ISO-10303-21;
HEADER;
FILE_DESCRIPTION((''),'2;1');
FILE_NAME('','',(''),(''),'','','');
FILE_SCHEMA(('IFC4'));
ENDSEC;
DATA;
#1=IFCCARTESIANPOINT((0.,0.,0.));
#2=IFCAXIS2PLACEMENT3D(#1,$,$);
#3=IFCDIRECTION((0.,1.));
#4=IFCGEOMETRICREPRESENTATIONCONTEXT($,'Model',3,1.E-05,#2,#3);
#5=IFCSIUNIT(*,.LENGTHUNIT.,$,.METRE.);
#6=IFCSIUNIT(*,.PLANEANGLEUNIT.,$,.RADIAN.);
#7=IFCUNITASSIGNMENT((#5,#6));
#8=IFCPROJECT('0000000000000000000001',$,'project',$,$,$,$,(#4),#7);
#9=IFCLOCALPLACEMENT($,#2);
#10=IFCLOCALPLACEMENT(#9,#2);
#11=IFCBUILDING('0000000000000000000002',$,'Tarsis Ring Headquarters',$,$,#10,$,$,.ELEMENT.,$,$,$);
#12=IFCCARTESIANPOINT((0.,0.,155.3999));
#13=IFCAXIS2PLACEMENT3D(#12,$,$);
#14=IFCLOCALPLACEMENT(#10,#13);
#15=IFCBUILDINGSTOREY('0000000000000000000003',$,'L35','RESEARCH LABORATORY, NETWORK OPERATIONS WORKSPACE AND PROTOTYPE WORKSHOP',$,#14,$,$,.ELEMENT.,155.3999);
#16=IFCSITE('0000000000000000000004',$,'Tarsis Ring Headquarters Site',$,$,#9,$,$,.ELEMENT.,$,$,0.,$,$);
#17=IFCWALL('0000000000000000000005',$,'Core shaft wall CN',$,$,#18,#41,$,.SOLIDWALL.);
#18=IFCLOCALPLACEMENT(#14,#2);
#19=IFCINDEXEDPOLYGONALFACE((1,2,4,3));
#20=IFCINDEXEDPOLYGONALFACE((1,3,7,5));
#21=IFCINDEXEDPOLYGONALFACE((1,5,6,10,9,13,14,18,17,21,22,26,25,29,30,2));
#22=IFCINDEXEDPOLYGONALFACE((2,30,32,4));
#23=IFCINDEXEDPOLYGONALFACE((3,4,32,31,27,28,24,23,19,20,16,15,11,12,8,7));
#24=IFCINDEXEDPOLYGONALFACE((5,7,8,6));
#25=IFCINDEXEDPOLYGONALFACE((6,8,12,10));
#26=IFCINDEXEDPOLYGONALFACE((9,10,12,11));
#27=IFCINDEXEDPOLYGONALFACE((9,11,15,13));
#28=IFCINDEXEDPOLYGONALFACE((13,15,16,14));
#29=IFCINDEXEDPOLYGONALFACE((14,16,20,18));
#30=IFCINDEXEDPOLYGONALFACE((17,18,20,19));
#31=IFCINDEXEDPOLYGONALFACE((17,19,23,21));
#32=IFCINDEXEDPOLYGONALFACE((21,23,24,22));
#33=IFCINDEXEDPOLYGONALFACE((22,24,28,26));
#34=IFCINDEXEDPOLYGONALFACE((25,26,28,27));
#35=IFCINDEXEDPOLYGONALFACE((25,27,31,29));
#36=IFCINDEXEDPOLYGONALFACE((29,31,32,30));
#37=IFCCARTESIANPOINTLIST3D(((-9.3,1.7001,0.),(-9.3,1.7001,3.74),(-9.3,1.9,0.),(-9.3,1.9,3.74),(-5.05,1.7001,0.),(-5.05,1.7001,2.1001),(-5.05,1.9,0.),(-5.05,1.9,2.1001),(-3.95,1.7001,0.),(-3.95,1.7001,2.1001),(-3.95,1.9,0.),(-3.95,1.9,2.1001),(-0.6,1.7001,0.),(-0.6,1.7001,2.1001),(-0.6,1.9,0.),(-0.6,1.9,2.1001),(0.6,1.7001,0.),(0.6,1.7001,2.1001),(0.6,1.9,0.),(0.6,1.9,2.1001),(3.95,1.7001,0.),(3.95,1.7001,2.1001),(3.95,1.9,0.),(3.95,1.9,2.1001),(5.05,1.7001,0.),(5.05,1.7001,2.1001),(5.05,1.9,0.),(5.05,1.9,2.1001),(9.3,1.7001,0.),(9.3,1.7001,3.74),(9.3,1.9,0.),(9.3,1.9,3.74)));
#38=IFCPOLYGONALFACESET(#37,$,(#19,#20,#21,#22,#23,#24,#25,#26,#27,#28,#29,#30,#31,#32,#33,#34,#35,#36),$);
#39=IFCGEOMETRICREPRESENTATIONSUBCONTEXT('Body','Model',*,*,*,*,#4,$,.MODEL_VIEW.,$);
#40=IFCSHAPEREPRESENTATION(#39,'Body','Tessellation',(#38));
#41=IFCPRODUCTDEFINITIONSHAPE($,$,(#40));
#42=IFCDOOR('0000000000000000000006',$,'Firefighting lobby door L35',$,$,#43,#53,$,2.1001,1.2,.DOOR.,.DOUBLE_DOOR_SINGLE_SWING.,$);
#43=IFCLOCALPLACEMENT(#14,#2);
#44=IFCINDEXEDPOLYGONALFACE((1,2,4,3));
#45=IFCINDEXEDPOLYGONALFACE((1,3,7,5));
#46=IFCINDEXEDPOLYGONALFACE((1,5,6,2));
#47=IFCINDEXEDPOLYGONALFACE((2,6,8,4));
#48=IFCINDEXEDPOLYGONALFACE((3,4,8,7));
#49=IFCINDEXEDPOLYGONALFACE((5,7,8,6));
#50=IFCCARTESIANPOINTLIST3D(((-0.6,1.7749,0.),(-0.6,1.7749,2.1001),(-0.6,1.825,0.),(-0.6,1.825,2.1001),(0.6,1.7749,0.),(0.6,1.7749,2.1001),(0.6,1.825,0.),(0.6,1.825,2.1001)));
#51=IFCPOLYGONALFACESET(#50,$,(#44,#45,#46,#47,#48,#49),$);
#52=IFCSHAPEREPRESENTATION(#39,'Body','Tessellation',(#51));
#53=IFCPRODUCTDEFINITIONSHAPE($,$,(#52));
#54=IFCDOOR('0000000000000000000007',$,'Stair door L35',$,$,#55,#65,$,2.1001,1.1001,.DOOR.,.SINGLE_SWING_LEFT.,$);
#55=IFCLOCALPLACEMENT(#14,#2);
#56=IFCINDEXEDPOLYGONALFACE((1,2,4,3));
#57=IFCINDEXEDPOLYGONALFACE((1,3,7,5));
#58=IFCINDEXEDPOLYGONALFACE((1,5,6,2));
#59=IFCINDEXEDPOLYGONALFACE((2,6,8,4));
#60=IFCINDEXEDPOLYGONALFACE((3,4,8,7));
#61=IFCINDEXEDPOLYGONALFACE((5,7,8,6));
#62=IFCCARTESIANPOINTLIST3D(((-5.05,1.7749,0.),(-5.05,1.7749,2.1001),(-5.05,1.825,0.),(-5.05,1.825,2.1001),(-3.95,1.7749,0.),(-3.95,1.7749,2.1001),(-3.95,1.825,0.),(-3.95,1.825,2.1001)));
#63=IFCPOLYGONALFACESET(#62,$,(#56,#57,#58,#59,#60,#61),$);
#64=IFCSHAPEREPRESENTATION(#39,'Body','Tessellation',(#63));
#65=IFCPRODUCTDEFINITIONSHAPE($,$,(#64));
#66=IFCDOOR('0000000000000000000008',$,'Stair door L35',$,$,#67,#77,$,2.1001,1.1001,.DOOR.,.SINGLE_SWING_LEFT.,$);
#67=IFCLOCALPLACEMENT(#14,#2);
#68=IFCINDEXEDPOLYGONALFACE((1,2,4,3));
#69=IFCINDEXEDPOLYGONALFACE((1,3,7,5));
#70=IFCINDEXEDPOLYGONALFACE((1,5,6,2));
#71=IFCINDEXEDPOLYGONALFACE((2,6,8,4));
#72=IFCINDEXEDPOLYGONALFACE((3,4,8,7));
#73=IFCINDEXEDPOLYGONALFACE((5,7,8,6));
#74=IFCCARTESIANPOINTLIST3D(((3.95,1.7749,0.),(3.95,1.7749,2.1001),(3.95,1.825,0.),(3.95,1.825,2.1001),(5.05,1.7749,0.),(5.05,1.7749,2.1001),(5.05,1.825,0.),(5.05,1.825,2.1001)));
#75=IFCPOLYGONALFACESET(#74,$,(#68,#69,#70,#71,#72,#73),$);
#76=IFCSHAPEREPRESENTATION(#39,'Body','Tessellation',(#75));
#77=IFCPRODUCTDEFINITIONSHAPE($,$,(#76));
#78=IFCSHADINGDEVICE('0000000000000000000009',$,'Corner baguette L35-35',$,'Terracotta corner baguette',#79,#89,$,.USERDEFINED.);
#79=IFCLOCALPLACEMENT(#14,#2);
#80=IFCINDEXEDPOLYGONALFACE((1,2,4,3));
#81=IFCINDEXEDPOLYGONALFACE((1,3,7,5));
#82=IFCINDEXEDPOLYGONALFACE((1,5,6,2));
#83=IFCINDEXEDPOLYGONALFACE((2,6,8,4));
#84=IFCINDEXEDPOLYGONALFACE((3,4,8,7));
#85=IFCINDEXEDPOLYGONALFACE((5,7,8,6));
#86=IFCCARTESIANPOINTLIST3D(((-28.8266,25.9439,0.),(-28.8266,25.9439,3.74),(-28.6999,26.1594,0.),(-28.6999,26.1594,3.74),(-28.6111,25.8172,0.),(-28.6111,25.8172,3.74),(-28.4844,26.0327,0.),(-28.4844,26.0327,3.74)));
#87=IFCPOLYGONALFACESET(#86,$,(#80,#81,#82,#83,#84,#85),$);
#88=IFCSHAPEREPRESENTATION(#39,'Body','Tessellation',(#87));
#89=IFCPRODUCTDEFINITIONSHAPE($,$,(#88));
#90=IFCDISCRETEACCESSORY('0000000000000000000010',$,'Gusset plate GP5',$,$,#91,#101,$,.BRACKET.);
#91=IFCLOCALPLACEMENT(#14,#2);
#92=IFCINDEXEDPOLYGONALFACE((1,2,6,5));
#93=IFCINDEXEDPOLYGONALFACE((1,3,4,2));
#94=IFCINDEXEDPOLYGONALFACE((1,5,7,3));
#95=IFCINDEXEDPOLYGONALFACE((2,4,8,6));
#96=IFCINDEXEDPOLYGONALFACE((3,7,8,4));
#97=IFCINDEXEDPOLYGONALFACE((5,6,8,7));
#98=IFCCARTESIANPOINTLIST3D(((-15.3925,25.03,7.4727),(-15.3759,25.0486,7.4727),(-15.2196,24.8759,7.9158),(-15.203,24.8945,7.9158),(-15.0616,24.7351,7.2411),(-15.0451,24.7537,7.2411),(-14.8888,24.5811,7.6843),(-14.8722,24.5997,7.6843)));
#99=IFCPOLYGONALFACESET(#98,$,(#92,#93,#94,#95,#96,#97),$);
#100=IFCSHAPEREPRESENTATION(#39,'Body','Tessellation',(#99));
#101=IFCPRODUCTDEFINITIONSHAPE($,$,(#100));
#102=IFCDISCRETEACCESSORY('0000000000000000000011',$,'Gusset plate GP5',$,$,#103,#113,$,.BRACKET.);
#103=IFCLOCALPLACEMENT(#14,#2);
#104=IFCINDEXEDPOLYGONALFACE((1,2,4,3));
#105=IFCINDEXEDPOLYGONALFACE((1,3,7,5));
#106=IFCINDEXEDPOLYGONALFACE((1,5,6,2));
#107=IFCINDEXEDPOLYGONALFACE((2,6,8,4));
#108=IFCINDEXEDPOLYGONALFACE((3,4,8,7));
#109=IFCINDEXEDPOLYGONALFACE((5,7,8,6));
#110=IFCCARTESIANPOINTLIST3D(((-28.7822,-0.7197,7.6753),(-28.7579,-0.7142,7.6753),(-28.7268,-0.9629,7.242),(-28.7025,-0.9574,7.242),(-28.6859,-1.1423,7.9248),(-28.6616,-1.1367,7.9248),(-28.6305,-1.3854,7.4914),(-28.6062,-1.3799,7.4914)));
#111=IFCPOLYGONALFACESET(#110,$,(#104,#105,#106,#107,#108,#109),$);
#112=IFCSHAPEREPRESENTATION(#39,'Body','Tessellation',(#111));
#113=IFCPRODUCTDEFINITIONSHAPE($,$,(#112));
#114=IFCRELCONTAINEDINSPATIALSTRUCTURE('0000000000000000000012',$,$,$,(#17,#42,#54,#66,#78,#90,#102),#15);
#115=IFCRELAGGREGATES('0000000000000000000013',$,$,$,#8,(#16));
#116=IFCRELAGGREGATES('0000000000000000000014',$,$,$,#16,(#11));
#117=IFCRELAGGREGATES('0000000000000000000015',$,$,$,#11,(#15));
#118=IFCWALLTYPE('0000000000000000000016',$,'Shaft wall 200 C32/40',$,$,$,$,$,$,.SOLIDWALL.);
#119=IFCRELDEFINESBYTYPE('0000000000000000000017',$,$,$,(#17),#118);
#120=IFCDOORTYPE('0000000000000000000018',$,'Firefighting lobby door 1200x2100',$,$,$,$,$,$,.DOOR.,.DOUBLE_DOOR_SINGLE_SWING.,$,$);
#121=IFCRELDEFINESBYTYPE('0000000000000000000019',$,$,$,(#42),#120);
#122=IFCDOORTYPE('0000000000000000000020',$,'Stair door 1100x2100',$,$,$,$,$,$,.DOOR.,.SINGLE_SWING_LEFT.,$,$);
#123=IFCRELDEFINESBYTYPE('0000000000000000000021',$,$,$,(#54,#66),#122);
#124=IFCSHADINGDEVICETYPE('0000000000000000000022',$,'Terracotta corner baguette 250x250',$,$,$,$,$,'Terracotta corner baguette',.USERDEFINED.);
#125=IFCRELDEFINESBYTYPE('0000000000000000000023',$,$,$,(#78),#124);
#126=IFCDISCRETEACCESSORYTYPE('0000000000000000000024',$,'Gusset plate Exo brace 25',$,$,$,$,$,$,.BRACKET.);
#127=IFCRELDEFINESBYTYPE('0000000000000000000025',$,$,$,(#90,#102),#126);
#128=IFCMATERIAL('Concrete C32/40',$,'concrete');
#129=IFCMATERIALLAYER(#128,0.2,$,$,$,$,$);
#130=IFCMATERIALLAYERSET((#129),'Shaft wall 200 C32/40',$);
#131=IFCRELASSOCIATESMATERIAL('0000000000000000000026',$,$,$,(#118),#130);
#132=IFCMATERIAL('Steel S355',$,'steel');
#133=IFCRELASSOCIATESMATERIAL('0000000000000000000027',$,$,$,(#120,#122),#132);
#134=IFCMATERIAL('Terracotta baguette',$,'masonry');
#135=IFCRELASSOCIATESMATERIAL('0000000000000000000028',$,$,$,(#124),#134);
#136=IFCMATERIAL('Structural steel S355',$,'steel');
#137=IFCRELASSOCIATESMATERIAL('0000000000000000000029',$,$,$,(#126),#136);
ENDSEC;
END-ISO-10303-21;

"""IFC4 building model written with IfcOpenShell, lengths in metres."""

from ifc_helpers import new_model, si_unit, direction, frame, frame_2d, origin, origin_2d, place, context, subcontext, project, spatial, rectangle, extrude, material, layer, layer_set, material_profile, profile_set, type_object, element, fill, save


model = new_model("IFC4")

# Units and contexts
model_context = context("Model", 3, precision=1e-05, world=origin(), true_north=direction((0.0, 1.0)))
body_context = subcontext(model_context, "Body", "Model", "MODEL_VIEW")
ifc_project = project(units=[si_unit("LENGTHUNIT", "METRE"), si_unit("PLANEANGLEUNIT", "RADIAN")], contexts=[model_context])

# Site, building, storey
site_placement = place(None, origin())
site = spatial("IfcSite", under=ifc_project, at=site_placement, Name="Tarsis Ring Headquarters Site", CompositionType="ELEMENT", RefElevation=0.0)
building_placement = place(site_placement, origin())
building = spatial("IfcBuilding", under=site, at=building_placement, Name="Tarsis Ring Headquarters", CompositionType="ELEMENT")
storey_placement = place(building_placement, frame((0.0, 0.0, 155.3999)))
storey = spatial("IfcBuildingStorey", under=building, at=storey_placement, Name="L35", Description="RESEARCH LABORATORY, NETWORK OPERATIONS WORKSPACE AND PROTOTYPE WORKSHOP", CompositionType="ELEMENT", Elevation=155.3999)

# Shared definitions
ifc_material_1 = material(Name="Structural steel S355", Category="steel")

# Wall, openings, doors
ifc_material_2 = material(Name="Concrete C32/40", Category="concrete")
ifc_layer_1 = layer(ifc_material_2, 0.2)
ifc_layer_set_1 = layer_set([ifc_layer_1], Name="Shaft wall 200 C32/40")
wall_type_1 = type_object("IfcWallType", Name="Shaft wall 200 C32/40", PredefinedType="SOLIDWALL", material=ifc_layer_set_1)
wall_1_placement = place(storey_placement, frame((-9.3, 1.8, 0.0), z_axis=(0.0, 0.0, 1.0), x_axis=(1.0, 0.0, 0.0)))
wall_1 = element("IfcWall", 1, at=wall_1_placement, inside=storey, type_object=wall_type_1, Name="Core shaft wall CN", PredefinedType="SOLIDWALL", context=body_context, shape_type="SweptSolid", body=[
    extrude(rectangle(XDim=18.6001, YDim=0.2, at=frame_2d((9.3, 0.0))), origin(), (0.0, 0.0, 1.0), 3.74),
])
opening_1_placement = place(wall_1_placement, frame((4.25, 0.0, 0.0)))
opening_1 = element("IfcOpeningElement", 2, at=opening_1_placement, cuts=wall_1, PredefinedType="OPENING", context=body_context, shape_type="SweptSolid", body=[
    extrude(rectangle(XDim=1.1001, YDim=2.1001, at=frame_2d((0.55, 1.05))), frame((0.0, 0.1099, 0.0), z_axis=(0.0, -1.0, 0.0), x_axis=(1.0, 0.0, 0.0)), (0.0, 0.0, 1.0), 0.22),
])
opening_2_placement = place(wall_1_placement, frame((8.7, 0.0, 0.0)))
opening_2 = element("IfcOpeningElement", 3, at=opening_2_placement, cuts=wall_1, PredefinedType="OPENING", context=body_context, shape_type="SweptSolid", body=[
    extrude(rectangle(XDim=1.2, YDim=2.1001, at=frame_2d((0.6001, 1.05))), frame((0.0, 0.1099, 0.0), z_axis=(0.0, -1.0, 0.0), x_axis=(1.0, 0.0, 0.0)), (0.0, 0.0, 1.0), 0.22),
])
opening_3_placement = place(wall_1_placement, frame((13.25, 0.0, 0.0)))
opening_3 = element("IfcOpeningElement", 4, at=opening_3_placement, cuts=wall_1, PredefinedType="OPENING", context=body_context, shape_type="SweptSolid", body=[
    extrude(rectangle(XDim=1.1001, YDim=2.1001, at=frame_2d((0.55, 1.05))), frame((0.0, 0.1099, 0.0), z_axis=(0.0, -1.0, 0.0), x_axis=(1.0, 0.0, 0.0)), (0.0, 0.0, 1.0), 0.22),
])
ifc_material_3 = material(Name="Steel S355", Category="steel")
door_type_1 = type_object("IfcDoorType", Name="Firefighting lobby door 1200x2100", OperationType="DOUBLE_DOOR_SINGLE_SWING", PredefinedType="DOOR", material=ifc_material_3)
door_1_placement = place(opening_2_placement, origin())
door_1 = element("IfcDoor", 5, at=door_1_placement, inside=storey, type_object=door_type_1, Name="Firefighting lobby door L35", OperationType="DOUBLE_DOOR_SINGLE_SWING", OverallHeight=2.1001, OverallWidth=1.2, PredefinedType="DOOR", context=body_context, shape_type="SweptSolid", body=[
    extrude(rectangle(XDim=1.2, YDim=2.1001, at=frame_2d((0.6001, 1.05))), frame((0.0, 0.0249, 0.0), z_axis=(0.0, -1.0, 0.0), x_axis=(1.0, 0.0, 0.0)), (0.0, 0.0, 1.0), 0.05),
])
fill(opening_2, door_1)
door_type_2 = type_object("IfcDoorType", Name="Stair door 1100x2100", OperationType="SINGLE_SWING_LEFT", PredefinedType="DOOR", material=ifc_material_3)
door_2_placement = place(opening_1_placement, origin())
door_2 = element("IfcDoor", 6, at=door_2_placement, inside=storey, type_object=door_type_2, Name="Stair door L35", OperationType="SINGLE_SWING_LEFT", OverallHeight=2.1001, OverallWidth=1.1001, PredefinedType="DOOR", context=body_context, shape_type="SweptSolid", body=[
    extrude(rectangle(XDim=1.1001, YDim=2.1001, at=frame_2d((0.55, 1.05))), frame((0.0, 0.0249, 0.0), z_axis=(0.0, -1.0, 0.0), x_axis=(1.0, 0.0, 0.0)), (0.0, 0.0, 1.0), 0.05),
])
fill(opening_1, door_2)
door_3_placement = place(opening_3_placement, origin())
door_3 = element("IfcDoor", 7, at=door_3_placement, inside=storey, type_object=door_type_2, Name="Stair door L35", OperationType="SINGLE_SWING_LEFT", OverallHeight=2.1001, OverallWidth=1.1001, PredefinedType="DOOR", context=body_context, shape_type="SweptSolid", body=[
    extrude(rectangle(XDim=1.1001, YDim=2.1001, at=frame_2d((0.55, 1.05))), frame((0.0, 0.0249, 0.0), z_axis=(0.0, -1.0, 0.0), x_axis=(1.0, 0.0, 0.0)), (0.0, 0.0, 1.0), 0.05),
])
fill(opening_3, door_3)

# Shading device
ifc_material_4 = material(Name="Terracotta baguette", Category="masonry")
shading_device_type = type_object("IfcShadingDeviceType", Name="Terracotta corner baguette 250x250", ElementType="Terracotta corner baguette", PredefinedType="USERDEFINED", material=ifc_material_4)
shading_device_placement = place(storey_placement, frame((-28.6555, 25.9883, 0.0), z_axis=(0.0, 0.0, 1.0), x_axis=(-0.506937, -0.861983, 0.0)))
element("IfcShadingDevice", 8, at=shading_device_placement, inside=storey, type_object=shading_device_type, Name="Corner baguette L35-35", ObjectType="Terracotta corner baguette", PredefinedType="USERDEFINED", context=body_context, shape_type="SweptSolid", body=[
    extrude(rectangle(XDim=0.25, YDim=0.25, at=origin_2d()), origin(), (0.0, 0.0, 1.0), 3.74),
])

# Discrete accessories
ifc_material_profile_1 = material_profile(ifc_material_1, rectangle(XDim=0.0249, YDim=0.5, at=origin_2d()), Name="PL 25x500")
ifc_profile_set_1 = profile_set([ifc_material_profile_1], Name="Structural steel S355")
discrete_accessory_type = type_object("IfcDiscreteAccessoryType", Name="Gusset plate Exo brace 25", PredefinedType="BRACKET", material=ifc_profile_set_1)
for number, where, z_axis, x_axis, name in (
    (9, (-15.0459, 24.7378, 7.8), (-0.34573, 0.308129, -0.8863), (-0.665345, -0.746536, 0.0), "Gusset plate GP5"),
    (10, (-28.7219, -0.9282, 7.8), (0.110842, -0.486336, -0.866713), (0.974998, 0.222213, 0.0), "Gusset plate GP5"),
):
    element("IfcDiscreteAccessory", number, at=place(storey_placement, frame(where, z_axis=z_axis, x_axis=x_axis)), inside=storey, type_object=discrete_accessory_type, Name=name, PredefinedType="BRACKET", context=body_context, shape_type="SweptSolid", body=[
        extrude(rectangle(XDim=0.0249, YDim=0.5, at=origin_2d()), origin(), (0.0, 0.0, 1.0), 0.5),
    ])

save(model, "model.ifc")
